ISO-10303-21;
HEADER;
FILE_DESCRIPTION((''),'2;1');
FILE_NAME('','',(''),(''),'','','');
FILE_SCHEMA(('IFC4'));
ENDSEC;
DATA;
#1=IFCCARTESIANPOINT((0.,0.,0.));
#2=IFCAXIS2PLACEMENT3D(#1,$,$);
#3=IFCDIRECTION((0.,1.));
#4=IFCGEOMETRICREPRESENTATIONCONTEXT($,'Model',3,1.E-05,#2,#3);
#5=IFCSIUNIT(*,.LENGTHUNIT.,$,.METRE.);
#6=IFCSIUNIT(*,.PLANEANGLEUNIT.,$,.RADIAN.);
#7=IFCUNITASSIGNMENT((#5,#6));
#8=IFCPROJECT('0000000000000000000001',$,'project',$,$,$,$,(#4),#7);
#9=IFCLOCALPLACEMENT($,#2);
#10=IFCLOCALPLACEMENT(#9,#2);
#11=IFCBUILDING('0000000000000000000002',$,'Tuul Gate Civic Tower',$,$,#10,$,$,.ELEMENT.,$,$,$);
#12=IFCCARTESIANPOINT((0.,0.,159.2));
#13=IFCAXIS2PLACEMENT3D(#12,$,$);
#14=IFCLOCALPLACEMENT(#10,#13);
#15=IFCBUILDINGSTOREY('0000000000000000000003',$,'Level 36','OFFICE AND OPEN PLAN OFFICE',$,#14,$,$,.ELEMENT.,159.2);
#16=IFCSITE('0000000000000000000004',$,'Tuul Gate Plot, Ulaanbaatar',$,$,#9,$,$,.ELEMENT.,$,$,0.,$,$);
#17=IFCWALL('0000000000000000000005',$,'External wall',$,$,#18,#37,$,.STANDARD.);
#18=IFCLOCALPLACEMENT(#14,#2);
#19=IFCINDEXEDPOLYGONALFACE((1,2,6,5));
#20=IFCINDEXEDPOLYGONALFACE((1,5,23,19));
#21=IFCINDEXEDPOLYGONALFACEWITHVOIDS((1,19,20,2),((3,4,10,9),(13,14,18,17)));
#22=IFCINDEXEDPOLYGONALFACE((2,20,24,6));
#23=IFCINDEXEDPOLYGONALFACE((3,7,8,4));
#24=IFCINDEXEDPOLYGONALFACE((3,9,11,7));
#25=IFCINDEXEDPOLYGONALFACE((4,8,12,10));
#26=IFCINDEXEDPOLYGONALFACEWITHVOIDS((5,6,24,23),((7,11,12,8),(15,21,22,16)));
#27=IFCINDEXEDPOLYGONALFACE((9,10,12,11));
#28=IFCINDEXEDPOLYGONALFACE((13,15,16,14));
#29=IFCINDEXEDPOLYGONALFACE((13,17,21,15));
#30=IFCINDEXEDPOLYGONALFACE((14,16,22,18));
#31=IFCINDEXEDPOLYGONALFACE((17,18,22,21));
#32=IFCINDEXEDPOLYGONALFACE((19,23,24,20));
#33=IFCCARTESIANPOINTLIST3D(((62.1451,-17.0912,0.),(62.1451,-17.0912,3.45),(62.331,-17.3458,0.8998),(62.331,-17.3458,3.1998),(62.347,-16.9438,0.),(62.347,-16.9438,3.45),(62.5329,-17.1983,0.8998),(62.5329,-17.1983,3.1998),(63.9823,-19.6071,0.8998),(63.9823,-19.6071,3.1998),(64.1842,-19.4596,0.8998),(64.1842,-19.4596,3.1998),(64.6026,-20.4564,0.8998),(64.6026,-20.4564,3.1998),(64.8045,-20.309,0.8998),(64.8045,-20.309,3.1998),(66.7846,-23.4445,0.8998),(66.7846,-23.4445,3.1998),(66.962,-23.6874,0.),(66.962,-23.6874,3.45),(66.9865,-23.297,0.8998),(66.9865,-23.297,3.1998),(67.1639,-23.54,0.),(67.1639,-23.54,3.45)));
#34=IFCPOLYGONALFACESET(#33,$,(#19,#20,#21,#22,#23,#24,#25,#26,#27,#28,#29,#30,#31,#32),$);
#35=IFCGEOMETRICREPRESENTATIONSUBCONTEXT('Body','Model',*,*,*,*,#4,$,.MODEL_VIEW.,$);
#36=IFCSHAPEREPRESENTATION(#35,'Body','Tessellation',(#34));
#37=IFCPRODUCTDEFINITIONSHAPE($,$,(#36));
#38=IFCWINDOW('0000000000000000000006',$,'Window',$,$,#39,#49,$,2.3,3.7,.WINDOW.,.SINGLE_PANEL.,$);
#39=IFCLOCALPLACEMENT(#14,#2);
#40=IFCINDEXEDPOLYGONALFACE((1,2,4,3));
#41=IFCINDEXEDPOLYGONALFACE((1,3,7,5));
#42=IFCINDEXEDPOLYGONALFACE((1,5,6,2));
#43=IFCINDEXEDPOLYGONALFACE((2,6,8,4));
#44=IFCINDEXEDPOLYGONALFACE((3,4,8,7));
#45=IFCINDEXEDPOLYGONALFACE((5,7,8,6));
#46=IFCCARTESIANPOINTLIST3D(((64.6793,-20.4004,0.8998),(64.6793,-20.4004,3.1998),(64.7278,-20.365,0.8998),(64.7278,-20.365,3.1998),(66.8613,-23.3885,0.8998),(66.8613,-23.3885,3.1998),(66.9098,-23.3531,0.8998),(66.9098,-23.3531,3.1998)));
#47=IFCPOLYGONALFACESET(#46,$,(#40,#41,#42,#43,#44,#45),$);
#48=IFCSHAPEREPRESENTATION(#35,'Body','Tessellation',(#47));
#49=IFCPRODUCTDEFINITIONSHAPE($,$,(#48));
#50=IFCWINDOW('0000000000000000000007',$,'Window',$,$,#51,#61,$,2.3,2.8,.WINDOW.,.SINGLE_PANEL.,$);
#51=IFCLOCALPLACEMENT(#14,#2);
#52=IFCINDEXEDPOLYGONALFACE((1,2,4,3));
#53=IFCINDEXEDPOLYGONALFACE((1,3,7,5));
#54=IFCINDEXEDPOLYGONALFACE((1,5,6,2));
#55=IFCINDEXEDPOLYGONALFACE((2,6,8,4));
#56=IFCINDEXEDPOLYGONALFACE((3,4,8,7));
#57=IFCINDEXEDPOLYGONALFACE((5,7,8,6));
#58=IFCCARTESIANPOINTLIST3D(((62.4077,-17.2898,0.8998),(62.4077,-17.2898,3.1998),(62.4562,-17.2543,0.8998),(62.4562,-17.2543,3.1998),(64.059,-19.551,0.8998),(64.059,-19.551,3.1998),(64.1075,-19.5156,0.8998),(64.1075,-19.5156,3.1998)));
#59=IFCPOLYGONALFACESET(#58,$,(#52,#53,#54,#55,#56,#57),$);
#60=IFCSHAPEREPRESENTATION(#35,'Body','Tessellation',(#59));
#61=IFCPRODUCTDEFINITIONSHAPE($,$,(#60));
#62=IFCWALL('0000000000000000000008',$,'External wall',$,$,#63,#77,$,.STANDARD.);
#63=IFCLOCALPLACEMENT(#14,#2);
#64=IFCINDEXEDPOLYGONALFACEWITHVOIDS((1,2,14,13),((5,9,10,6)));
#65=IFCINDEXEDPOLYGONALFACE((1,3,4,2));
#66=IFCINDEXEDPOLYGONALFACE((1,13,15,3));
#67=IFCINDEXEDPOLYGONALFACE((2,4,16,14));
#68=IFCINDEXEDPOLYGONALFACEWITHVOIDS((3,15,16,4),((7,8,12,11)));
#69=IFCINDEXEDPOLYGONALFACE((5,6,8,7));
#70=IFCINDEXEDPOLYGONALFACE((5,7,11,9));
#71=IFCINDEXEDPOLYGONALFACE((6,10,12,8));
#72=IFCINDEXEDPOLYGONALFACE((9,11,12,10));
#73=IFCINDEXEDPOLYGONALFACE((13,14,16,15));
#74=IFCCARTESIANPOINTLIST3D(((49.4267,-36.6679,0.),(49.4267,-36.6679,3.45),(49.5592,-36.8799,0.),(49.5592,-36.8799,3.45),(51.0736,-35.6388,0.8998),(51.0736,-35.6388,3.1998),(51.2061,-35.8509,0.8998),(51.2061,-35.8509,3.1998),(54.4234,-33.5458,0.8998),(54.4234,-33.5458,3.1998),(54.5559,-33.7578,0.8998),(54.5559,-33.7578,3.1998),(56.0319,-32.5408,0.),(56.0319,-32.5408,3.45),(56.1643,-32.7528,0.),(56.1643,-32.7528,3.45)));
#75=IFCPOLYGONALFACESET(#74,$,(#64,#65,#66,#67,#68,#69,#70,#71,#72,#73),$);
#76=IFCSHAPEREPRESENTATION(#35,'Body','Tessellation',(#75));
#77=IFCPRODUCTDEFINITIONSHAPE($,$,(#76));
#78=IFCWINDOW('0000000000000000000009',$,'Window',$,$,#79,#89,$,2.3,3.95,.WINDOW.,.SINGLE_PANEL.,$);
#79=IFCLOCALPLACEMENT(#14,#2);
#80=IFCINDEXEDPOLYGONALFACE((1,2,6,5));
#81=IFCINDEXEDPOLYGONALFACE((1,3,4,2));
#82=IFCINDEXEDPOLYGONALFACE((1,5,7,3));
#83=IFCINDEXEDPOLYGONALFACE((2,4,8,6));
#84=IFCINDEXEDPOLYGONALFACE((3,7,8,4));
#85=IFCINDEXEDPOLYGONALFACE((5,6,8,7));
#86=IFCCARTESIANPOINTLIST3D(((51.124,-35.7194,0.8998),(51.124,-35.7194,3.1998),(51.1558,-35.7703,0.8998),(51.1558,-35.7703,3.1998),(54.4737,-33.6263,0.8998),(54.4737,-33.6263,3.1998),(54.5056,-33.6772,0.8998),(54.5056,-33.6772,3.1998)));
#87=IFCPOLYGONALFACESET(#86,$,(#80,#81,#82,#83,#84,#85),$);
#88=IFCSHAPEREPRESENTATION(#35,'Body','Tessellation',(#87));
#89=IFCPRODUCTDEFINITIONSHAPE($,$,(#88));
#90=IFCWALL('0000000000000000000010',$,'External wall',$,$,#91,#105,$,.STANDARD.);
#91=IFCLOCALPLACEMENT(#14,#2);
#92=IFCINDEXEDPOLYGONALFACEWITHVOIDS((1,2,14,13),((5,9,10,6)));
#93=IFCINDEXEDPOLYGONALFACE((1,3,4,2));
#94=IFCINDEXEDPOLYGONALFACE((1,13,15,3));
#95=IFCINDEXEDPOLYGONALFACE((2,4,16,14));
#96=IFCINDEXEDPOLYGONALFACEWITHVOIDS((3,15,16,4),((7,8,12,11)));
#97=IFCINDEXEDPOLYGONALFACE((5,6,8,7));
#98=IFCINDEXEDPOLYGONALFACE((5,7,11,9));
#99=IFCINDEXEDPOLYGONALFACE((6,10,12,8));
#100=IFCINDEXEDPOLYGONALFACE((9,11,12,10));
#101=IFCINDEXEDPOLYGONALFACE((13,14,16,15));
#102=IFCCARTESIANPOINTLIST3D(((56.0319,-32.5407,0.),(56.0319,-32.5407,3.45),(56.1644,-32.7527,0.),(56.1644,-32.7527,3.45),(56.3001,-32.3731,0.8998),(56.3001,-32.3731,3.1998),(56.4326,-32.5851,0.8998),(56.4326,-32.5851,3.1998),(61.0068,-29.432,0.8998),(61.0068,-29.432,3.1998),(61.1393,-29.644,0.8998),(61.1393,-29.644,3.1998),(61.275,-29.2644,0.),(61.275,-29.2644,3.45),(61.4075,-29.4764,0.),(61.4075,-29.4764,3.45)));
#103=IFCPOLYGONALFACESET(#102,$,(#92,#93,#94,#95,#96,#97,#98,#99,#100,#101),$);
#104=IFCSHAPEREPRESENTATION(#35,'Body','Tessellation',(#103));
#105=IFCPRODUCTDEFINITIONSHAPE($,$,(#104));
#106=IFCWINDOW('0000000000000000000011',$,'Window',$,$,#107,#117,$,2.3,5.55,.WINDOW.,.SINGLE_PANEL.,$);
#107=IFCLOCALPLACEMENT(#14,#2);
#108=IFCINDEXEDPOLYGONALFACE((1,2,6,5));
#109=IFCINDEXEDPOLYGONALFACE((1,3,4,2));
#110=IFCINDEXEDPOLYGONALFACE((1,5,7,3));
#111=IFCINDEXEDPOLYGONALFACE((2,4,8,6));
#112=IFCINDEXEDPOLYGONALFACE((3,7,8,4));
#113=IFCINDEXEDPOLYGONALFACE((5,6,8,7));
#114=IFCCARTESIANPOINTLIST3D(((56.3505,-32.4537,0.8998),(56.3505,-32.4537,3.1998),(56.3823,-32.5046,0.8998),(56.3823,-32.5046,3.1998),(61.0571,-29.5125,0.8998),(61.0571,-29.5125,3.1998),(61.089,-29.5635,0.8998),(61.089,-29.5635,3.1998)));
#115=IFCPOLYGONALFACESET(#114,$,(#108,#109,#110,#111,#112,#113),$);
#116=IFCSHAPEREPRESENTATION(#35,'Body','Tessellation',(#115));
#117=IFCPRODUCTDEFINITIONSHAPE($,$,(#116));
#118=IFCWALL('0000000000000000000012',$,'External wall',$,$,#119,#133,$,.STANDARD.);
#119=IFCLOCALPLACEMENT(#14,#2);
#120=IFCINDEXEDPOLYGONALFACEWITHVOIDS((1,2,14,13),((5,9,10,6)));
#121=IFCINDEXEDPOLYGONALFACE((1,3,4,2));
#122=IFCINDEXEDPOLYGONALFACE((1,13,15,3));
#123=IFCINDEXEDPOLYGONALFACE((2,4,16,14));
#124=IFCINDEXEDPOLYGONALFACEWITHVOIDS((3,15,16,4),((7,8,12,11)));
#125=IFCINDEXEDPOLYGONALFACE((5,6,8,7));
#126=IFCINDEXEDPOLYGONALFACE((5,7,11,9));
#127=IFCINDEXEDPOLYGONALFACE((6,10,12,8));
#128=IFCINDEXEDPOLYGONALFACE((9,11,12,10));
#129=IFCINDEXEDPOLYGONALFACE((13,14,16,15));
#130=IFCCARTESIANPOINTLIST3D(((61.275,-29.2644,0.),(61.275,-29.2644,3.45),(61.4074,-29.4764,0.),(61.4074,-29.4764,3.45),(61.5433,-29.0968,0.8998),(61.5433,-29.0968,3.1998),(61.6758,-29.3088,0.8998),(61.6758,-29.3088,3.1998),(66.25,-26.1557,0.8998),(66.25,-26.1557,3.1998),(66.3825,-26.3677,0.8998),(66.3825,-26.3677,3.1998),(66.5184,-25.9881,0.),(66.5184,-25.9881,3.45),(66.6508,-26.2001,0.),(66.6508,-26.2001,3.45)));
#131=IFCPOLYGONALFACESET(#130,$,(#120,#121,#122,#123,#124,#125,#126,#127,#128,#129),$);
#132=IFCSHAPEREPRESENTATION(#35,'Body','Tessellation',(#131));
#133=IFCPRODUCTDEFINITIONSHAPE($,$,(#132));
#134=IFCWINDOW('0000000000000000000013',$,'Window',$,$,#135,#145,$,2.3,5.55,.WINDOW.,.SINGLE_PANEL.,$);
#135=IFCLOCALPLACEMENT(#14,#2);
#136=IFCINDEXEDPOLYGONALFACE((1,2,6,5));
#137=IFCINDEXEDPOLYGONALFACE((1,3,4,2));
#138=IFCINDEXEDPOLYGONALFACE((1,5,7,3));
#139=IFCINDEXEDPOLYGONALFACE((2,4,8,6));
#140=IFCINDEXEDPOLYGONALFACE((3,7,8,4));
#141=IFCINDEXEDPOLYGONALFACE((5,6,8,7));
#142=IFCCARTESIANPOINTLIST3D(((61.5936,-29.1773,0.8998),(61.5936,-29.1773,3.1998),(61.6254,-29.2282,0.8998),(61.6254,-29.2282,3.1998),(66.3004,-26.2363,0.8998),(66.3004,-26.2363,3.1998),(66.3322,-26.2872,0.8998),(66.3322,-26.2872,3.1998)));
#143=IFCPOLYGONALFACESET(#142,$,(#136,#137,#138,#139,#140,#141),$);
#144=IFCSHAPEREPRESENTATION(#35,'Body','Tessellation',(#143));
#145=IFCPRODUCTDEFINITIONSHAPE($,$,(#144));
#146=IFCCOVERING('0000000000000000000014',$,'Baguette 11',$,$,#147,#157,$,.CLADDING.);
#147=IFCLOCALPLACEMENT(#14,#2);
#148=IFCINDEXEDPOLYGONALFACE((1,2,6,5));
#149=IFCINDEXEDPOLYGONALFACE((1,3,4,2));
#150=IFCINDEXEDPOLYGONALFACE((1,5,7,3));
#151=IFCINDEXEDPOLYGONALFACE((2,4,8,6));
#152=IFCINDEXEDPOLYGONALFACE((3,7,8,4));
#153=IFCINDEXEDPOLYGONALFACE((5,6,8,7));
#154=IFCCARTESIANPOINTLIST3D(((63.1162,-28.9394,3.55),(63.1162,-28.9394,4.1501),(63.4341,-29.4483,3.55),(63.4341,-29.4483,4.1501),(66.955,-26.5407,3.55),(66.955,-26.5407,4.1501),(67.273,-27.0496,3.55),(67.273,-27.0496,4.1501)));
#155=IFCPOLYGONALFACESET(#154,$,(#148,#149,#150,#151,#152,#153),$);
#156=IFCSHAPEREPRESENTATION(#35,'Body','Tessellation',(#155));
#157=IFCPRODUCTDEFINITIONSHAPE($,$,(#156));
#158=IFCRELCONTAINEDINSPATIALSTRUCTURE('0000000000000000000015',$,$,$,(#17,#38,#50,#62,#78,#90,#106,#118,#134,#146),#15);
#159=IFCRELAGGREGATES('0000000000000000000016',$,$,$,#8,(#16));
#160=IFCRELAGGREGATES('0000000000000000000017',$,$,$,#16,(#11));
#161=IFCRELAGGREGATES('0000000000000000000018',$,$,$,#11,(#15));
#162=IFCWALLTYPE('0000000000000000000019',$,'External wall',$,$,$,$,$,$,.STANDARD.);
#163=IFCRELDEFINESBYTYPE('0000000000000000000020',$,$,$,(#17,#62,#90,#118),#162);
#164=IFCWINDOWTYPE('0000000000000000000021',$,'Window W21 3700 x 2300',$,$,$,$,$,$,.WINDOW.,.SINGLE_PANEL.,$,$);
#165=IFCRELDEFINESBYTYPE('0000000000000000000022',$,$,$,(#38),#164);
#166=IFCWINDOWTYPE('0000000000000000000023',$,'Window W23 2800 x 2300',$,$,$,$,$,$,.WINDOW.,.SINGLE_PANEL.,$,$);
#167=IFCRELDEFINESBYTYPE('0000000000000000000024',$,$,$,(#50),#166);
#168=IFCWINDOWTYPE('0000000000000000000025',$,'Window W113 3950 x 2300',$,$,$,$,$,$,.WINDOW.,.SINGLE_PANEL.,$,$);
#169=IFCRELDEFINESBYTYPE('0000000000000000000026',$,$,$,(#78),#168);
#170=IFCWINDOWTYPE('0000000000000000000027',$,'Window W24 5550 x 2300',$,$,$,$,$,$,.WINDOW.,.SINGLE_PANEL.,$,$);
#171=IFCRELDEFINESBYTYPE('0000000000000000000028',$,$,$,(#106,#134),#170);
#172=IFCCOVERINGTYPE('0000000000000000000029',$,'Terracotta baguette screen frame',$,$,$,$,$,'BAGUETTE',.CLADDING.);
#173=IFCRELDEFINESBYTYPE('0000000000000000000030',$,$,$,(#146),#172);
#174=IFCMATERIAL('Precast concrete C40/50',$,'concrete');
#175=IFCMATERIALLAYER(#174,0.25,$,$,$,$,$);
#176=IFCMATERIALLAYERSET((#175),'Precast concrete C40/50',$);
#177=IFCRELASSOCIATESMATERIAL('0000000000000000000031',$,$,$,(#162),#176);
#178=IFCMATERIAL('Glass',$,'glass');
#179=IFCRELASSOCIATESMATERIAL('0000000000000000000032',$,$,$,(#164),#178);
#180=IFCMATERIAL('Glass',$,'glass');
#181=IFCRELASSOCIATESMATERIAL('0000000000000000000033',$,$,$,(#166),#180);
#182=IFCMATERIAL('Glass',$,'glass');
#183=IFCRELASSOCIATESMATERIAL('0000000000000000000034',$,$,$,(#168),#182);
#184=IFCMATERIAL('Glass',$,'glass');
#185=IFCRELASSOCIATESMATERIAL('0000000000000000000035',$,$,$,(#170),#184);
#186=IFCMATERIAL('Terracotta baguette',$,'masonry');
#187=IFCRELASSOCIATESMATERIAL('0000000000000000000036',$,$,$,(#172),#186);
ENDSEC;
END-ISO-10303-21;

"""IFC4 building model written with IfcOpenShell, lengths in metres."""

from ifc_helpers import new_model, si_unit, direction, frame, frame_2d, origin, origin_2d, place, context, subcontext, project, spatial, rectangle, extrude, material, layer, layer_set, material_profile, profile_set, type_object, element, fill, save


model = new_model("IFC4")

# Units and contexts
model_context = context("Model", 3, precision=1e-05, world=origin(), true_north=direction((0.0, 1.0)))
body_context = subcontext(model_context, "Body", "Model", "MODEL_VIEW")
ifc_project = project(units=[si_unit("LENGTHUNIT", "METRE"), si_unit("PLANEANGLEUNIT", "RADIAN")], contexts=[model_context])

# Site, building, storey
site_placement = place(None, origin())
site = spatial("IfcSite", under=ifc_project, at=site_placement, Name="Tuul Gate Plot, Ulaanbaatar", CompositionType="ELEMENT", RefElevation=0.0)
building_placement = place(site_placement, origin())
building = spatial("IfcBuilding", under=site, at=building_placement, Name="Tuul Gate Civic Tower", CompositionType="ELEMENT")
storey_placement = place(building_placement, frame((0.0, 0.0, 159.2)))
storey = spatial("IfcBuildingStorey", under=building, at=storey_placement, Name="Level 36", Description="OFFICE AND OPEN PLAN OFFICE", CompositionType="ELEMENT", Elevation=159.2)

# Shared definitions
ifc_material_1 = material(Name="Precast concrete C40/50", Category="concrete")
ifc_layer = layer(ifc_material_1, 0.25)
ifc_layer_set = layer_set([ifc_layer], Name="Precast concrete C40/50")
wall_type = type_object("IfcWallType", Name="External wall", PredefinedType="STANDARD", material=ifc_layer_set)

# Wall, openings, windows
wall_1_placement = place(storey_placement, frame((67.063, -23.6138, 0.0), z_axis=(0.0, 0.0, 1.0), x_axis=(-0.589745, 0.807589, 0.0)))
wall_1 = element("IfcWall", 1, at=wall_1_placement, inside=storey, type_object=wall_type, Name="External wall", PredefinedType="STANDARD", context=body_context, shape_type="SweptSolid", body=[
    extrude(rectangle(XDim=8.1677, YDim=0.25, at=frame_2d((4.084, 0.0))), origin(), (0.0, 0.0, 1.0), 3.45),
])
opening_1_placement = place(wall_1_placement, frame((0.3008, 0.0, 0.8999)))
opening_1 = element("IfcOpeningElement", 2, at=opening_1_placement, cuts=wall_1, PredefinedType="OPENING", context=body_context, shape_type="SweptSolid", body=[
    extrude(rectangle(XDim=3.7, YDim=2.3, at=frame_2d((1.8501, 1.1499))), frame((0.0, 0.135, 0.0), z_axis=(0.0, -1.0, 0.0), x_axis=(1.0, 0.0, 0.0)), (0.0, 0.0, 1.0), 0.27),
])
opening_2_placement = place(wall_1_placement, frame((5.0527, 0.0, 0.8999)))
opening_2 = element("IfcOpeningElement", 3, at=opening_2_placement, cuts=wall_1, PredefinedType="OPENING", context=body_context, shape_type="SweptSolid", body=[
    extrude(rectangle(XDim=2.8, YDim=2.3, at=frame_2d((1.3999, 1.1499))), frame((0.0, 0.135, 0.0), z_axis=(0.0, -1.0, 0.0), x_axis=(1.0, 0.0, 0.0)), (0.0, 0.0, 1.0), 0.27),
])
ifc_material_2 = material(Name="Glass", Category="glass")
window_type_1 = type_object("IfcWindowType", Name="Window W21 3700 x 2300", PartitioningType="SINGLE_PANEL", PredefinedType="WINDOW", material=ifc_material_2)
window_1_placement = place(opening_1_placement, origin())
window_1 = element("IfcWindow", 4, at=window_1_placement, inside=storey, type_object=window_type_1, Name="Window", OverallHeight=2.3, OverallWidth=3.7, PartitioningType="SINGLE_PANEL", PredefinedType="WINDOW", context=body_context, shape_type="SweptSolid", body=[
    extrude(rectangle(XDim=3.7, YDim=2.3, at=frame_2d((1.8501, 1.1499))), frame((0.0, 0.03, 0.0), z_axis=(0.0, -1.0, 0.0), x_axis=(1.0, 0.0, 0.0)), (0.0, 0.0, 1.0), 0.0601),
])
fill(opening_1, window_1)
ifc_material_3 = material(Name="Glass", Category="glass")
window_type_2 = type_object("IfcWindowType", Name="Window W23 2800 x 2300", PartitioningType="SINGLE_PANEL", PredefinedType="WINDOW", material=ifc_material_3)
window_2_placement = place(opening_2_placement, origin())
window_2 = element("IfcWindow", 5, at=window_2_placement, inside=storey, type_object=window_type_2, Name="Window", OverallHeight=2.3, OverallWidth=2.8, PartitioningType="SINGLE_PANEL", PredefinedType="WINDOW", context=body_context, shape_type="SweptSolid", body=[
    extrude(rectangle(XDim=2.8, YDim=2.3, at=frame_2d((1.3999, 1.1499))), frame((0.0, 0.03, 0.0), z_axis=(0.0, -1.0, 0.0), x_axis=(1.0, 0.0, 0.0)), (0.0, 0.0, 1.0), 0.0601),
])
fill(opening_2, window_2)

# Walls, openings, windows
wall_2_placement = place(storey_placement, frame((49.4929, -36.7739, 0.0), z_axis=(0.0, 0.0, 1.0), x_axis=(0.84806, 0.5299, 0.0)))
wall_2 = element("IfcWall", 6, at=wall_2_placement, inside=storey, type_object=wall_type, Name="External wall", PredefinedType="STANDARD", context=body_context, shape_type="SweptSolid", body=[
    extrude(rectangle(XDim=7.7886, YDim=0.25, at=frame_2d((3.8943, 0.0))), origin(), (0.0, 0.0, 1.0), 3.45),
])
opening_3_placement = place(wall_2_placement, frame((1.9419, 0.0, 0.8999)))
opening_3 = element("IfcOpeningElement", 7, at=opening_3_placement, cuts=wall_2, PredefinedType="OPENING", context=body_context, shape_type="SweptSolid", body=[
    extrude(rectangle(XDim=3.95, YDim=2.3, at=frame_2d((1.9751, 1.1499))), frame((0.0, 0.135, 0.0), z_axis=(0.0, -1.0, 0.0), x_axis=(1.0, 0.0, 0.0)), (0.0, 0.0, 1.0), 0.27),
])
ifc_material_4 = material(Name="Glass", Category="glass")
window_type_3 = type_object("IfcWindowType", Name="Window W113 3950 x 2300", PartitioningType="SINGLE_PANEL", PredefinedType="WINDOW", material=ifc_material_4)
window_3_placement = place(opening_3_placement, origin())
window_3 = element("IfcWindow", 8, at=window_3_placement, inside=storey, type_object=window_type_3, Name="Window", OverallHeight=2.3, OverallWidth=3.95, PartitioningType="SINGLE_PANEL", PredefinedType="WINDOW", context=body_context, shape_type="SweptSolid", body=[
    extrude(rectangle(XDim=3.95, YDim=2.3, at=frame_2d((1.9751, 1.1499))), frame((0.0, 0.03, 0.0), z_axis=(0.0, -1.0, 0.0), x_axis=(1.0, 0.0, 0.0)), (0.0, 0.0, 1.0), 0.0601),
])
fill(opening_3, window_3)
wall_3_placement = place(storey_placement, frame((56.0981, -32.6467, 0.0), z_axis=(0.0, 0.0, 1.0), x_axis=(0.848043, 0.529928, 0.0)))
wall_3 = element("IfcWall", 9, at=wall_3_placement, inside=storey, type_object=wall_type, Name="External wall", PredefinedType="STANDARD", context=body_context, shape_type="SweptSolid", body=[
    extrude(rectangle(XDim=6.1826, YDim=0.25, at=frame_2d((3.0913, 0.0))), origin(), (0.0, 0.0, 1.0), 3.45),
])
opening_4_placement = place(wall_3_placement, frame((0.3164, 0.0, 0.8999)))
opening_4 = element("IfcOpeningElement", 10, at=opening_4_placement, cuts=wall_3, PredefinedType="OPENING", context=body_context, shape_type="SweptSolid", body=[
    extrude(rectangle(XDim=5.55, YDim=2.3, at=frame_2d((2.7749, 1.1499))), frame((0.0, 0.135, 0.0), z_axis=(0.0, -1.0, 0.0), x_axis=(1.0, 0.0, 0.0)), (0.0, 0.0, 1.0), 0.27),
])
ifc_material_5 = material(Name="Glass", Category="glass")
window_type_4 = type_object("IfcWindowType", Name="Window W24 5550 x 2300", PartitioningType="SINGLE_PANEL", PredefinedType="WINDOW", material=ifc_material_5)
window_4_placement = place(opening_4_placement, origin())
window_4 = element("IfcWindow", 11, at=window_4_placement, inside=storey, type_object=window_type_4, Name="Window", OverallHeight=2.3, OverallWidth=5.55, PartitioningType="SINGLE_PANEL", PredefinedType="WINDOW", context=body_context, shape_type="SweptSolid", body=[
    extrude(rectangle(XDim=5.55, YDim=2.3, at=frame_2d((2.7749, 1.1499))), frame((0.0, 0.03, 0.0), z_axis=(0.0, -1.0, 0.0), x_axis=(1.0, 0.0, 0.0)), (0.0, 0.0, 1.0), 0.0601),
])
fill(opening_4, window_4)
wall_4_placement = place(storey_placement, frame((61.3413, -29.3704, 0.0), z_axis=(0.0, 0.0, 1.0), x_axis=(0.848054, 0.52991, 0.0)))
wall_4 = element("IfcWall", 12, at=wall_4_placement, inside=storey, type_object=wall_type, Name="External wall", PredefinedType="STANDARD", context=body_context, shape_type="SweptSolid", body=[
    extrude(rectangle(XDim=6.1829, YDim=0.25, at=frame_2d((3.0913, 0.0))), origin(), (0.0, 0.0, 1.0), 3.45),
])
opening_5_placement = place(wall_4_placement, frame((0.3164, 0.0, 0.8999)))
opening_5 = element("IfcOpeningElement", 13, at=opening_5_placement, cuts=wall_4, PredefinedType="OPENING", context=body_context, shape_type="SweptSolid", body=[
    extrude(rectangle(XDim=5.55, YDim=2.3, at=frame_2d((2.7749, 1.1499))), frame((0.0, 0.135, 0.0), z_axis=(0.0, -1.0, 0.0), x_axis=(1.0, 0.0, 0.0)), (0.0, 0.0, 1.0), 0.27),
])
window_5_placement = place(opening_5_placement, origin())
window_5 = element("IfcWindow", 14, at=window_5_placement, inside=storey, type_object=window_type_4, Name="Window", OverallHeight=2.3, OverallWidth=5.55, PartitioningType="SINGLE_PANEL", PredefinedType="WINDOW", context=body_context, shape_type="SweptSolid", body=[
    extrude(rectangle(XDim=5.55, YDim=2.3, at=frame_2d((2.7749, 1.1499))), frame((0.0, 0.03, 0.0), z_axis=(0.0, -1.0, 0.0), x_axis=(1.0, 0.0, 0.0)), (0.0, 0.0, 1.0), 0.0601),
])
fill(opening_5, window_5)

# Covering
ifc_material_6 = material(Name="Terracotta baguette", Category="masonry")
ifc_material_profile_1 = material_profile(ifc_material_6, rectangle(XDim=0.6001, YDim=0.6001, at=origin_2d()), Name="Terracotta baguette screen frame")
ifc_profile_set_1 = profile_set([ifc_material_profile_1], Name="Terracotta baguette")
covering_type = type_object("IfcCoveringType", Name="Terracotta baguette screen frame", ElementType="BAGUETTE", PredefinedType="CLADDING", material=ifc_profile_set_1)
covering_1_placement = place(storey_placement, frame((63.2751, -29.1938, 3.8501), z_axis=(0.848059, 0.529902, 0.0), x_axis=(-0.529902, 0.848059, 0.0)))
element("IfcCovering", 15, at=covering_1_placement, inside=storey, type_object=covering_type, Name="Baguette 11", PredefinedType="CLADDING", context=body_context, shape_type="SweptSolid", body=[
    extrude(rectangle(XDim=0.6001, YDim=0.6001, at=origin_2d()), origin(), (0.0, 0.0, 1.0), 4.5266),
])

save(model, "model.ifc")
